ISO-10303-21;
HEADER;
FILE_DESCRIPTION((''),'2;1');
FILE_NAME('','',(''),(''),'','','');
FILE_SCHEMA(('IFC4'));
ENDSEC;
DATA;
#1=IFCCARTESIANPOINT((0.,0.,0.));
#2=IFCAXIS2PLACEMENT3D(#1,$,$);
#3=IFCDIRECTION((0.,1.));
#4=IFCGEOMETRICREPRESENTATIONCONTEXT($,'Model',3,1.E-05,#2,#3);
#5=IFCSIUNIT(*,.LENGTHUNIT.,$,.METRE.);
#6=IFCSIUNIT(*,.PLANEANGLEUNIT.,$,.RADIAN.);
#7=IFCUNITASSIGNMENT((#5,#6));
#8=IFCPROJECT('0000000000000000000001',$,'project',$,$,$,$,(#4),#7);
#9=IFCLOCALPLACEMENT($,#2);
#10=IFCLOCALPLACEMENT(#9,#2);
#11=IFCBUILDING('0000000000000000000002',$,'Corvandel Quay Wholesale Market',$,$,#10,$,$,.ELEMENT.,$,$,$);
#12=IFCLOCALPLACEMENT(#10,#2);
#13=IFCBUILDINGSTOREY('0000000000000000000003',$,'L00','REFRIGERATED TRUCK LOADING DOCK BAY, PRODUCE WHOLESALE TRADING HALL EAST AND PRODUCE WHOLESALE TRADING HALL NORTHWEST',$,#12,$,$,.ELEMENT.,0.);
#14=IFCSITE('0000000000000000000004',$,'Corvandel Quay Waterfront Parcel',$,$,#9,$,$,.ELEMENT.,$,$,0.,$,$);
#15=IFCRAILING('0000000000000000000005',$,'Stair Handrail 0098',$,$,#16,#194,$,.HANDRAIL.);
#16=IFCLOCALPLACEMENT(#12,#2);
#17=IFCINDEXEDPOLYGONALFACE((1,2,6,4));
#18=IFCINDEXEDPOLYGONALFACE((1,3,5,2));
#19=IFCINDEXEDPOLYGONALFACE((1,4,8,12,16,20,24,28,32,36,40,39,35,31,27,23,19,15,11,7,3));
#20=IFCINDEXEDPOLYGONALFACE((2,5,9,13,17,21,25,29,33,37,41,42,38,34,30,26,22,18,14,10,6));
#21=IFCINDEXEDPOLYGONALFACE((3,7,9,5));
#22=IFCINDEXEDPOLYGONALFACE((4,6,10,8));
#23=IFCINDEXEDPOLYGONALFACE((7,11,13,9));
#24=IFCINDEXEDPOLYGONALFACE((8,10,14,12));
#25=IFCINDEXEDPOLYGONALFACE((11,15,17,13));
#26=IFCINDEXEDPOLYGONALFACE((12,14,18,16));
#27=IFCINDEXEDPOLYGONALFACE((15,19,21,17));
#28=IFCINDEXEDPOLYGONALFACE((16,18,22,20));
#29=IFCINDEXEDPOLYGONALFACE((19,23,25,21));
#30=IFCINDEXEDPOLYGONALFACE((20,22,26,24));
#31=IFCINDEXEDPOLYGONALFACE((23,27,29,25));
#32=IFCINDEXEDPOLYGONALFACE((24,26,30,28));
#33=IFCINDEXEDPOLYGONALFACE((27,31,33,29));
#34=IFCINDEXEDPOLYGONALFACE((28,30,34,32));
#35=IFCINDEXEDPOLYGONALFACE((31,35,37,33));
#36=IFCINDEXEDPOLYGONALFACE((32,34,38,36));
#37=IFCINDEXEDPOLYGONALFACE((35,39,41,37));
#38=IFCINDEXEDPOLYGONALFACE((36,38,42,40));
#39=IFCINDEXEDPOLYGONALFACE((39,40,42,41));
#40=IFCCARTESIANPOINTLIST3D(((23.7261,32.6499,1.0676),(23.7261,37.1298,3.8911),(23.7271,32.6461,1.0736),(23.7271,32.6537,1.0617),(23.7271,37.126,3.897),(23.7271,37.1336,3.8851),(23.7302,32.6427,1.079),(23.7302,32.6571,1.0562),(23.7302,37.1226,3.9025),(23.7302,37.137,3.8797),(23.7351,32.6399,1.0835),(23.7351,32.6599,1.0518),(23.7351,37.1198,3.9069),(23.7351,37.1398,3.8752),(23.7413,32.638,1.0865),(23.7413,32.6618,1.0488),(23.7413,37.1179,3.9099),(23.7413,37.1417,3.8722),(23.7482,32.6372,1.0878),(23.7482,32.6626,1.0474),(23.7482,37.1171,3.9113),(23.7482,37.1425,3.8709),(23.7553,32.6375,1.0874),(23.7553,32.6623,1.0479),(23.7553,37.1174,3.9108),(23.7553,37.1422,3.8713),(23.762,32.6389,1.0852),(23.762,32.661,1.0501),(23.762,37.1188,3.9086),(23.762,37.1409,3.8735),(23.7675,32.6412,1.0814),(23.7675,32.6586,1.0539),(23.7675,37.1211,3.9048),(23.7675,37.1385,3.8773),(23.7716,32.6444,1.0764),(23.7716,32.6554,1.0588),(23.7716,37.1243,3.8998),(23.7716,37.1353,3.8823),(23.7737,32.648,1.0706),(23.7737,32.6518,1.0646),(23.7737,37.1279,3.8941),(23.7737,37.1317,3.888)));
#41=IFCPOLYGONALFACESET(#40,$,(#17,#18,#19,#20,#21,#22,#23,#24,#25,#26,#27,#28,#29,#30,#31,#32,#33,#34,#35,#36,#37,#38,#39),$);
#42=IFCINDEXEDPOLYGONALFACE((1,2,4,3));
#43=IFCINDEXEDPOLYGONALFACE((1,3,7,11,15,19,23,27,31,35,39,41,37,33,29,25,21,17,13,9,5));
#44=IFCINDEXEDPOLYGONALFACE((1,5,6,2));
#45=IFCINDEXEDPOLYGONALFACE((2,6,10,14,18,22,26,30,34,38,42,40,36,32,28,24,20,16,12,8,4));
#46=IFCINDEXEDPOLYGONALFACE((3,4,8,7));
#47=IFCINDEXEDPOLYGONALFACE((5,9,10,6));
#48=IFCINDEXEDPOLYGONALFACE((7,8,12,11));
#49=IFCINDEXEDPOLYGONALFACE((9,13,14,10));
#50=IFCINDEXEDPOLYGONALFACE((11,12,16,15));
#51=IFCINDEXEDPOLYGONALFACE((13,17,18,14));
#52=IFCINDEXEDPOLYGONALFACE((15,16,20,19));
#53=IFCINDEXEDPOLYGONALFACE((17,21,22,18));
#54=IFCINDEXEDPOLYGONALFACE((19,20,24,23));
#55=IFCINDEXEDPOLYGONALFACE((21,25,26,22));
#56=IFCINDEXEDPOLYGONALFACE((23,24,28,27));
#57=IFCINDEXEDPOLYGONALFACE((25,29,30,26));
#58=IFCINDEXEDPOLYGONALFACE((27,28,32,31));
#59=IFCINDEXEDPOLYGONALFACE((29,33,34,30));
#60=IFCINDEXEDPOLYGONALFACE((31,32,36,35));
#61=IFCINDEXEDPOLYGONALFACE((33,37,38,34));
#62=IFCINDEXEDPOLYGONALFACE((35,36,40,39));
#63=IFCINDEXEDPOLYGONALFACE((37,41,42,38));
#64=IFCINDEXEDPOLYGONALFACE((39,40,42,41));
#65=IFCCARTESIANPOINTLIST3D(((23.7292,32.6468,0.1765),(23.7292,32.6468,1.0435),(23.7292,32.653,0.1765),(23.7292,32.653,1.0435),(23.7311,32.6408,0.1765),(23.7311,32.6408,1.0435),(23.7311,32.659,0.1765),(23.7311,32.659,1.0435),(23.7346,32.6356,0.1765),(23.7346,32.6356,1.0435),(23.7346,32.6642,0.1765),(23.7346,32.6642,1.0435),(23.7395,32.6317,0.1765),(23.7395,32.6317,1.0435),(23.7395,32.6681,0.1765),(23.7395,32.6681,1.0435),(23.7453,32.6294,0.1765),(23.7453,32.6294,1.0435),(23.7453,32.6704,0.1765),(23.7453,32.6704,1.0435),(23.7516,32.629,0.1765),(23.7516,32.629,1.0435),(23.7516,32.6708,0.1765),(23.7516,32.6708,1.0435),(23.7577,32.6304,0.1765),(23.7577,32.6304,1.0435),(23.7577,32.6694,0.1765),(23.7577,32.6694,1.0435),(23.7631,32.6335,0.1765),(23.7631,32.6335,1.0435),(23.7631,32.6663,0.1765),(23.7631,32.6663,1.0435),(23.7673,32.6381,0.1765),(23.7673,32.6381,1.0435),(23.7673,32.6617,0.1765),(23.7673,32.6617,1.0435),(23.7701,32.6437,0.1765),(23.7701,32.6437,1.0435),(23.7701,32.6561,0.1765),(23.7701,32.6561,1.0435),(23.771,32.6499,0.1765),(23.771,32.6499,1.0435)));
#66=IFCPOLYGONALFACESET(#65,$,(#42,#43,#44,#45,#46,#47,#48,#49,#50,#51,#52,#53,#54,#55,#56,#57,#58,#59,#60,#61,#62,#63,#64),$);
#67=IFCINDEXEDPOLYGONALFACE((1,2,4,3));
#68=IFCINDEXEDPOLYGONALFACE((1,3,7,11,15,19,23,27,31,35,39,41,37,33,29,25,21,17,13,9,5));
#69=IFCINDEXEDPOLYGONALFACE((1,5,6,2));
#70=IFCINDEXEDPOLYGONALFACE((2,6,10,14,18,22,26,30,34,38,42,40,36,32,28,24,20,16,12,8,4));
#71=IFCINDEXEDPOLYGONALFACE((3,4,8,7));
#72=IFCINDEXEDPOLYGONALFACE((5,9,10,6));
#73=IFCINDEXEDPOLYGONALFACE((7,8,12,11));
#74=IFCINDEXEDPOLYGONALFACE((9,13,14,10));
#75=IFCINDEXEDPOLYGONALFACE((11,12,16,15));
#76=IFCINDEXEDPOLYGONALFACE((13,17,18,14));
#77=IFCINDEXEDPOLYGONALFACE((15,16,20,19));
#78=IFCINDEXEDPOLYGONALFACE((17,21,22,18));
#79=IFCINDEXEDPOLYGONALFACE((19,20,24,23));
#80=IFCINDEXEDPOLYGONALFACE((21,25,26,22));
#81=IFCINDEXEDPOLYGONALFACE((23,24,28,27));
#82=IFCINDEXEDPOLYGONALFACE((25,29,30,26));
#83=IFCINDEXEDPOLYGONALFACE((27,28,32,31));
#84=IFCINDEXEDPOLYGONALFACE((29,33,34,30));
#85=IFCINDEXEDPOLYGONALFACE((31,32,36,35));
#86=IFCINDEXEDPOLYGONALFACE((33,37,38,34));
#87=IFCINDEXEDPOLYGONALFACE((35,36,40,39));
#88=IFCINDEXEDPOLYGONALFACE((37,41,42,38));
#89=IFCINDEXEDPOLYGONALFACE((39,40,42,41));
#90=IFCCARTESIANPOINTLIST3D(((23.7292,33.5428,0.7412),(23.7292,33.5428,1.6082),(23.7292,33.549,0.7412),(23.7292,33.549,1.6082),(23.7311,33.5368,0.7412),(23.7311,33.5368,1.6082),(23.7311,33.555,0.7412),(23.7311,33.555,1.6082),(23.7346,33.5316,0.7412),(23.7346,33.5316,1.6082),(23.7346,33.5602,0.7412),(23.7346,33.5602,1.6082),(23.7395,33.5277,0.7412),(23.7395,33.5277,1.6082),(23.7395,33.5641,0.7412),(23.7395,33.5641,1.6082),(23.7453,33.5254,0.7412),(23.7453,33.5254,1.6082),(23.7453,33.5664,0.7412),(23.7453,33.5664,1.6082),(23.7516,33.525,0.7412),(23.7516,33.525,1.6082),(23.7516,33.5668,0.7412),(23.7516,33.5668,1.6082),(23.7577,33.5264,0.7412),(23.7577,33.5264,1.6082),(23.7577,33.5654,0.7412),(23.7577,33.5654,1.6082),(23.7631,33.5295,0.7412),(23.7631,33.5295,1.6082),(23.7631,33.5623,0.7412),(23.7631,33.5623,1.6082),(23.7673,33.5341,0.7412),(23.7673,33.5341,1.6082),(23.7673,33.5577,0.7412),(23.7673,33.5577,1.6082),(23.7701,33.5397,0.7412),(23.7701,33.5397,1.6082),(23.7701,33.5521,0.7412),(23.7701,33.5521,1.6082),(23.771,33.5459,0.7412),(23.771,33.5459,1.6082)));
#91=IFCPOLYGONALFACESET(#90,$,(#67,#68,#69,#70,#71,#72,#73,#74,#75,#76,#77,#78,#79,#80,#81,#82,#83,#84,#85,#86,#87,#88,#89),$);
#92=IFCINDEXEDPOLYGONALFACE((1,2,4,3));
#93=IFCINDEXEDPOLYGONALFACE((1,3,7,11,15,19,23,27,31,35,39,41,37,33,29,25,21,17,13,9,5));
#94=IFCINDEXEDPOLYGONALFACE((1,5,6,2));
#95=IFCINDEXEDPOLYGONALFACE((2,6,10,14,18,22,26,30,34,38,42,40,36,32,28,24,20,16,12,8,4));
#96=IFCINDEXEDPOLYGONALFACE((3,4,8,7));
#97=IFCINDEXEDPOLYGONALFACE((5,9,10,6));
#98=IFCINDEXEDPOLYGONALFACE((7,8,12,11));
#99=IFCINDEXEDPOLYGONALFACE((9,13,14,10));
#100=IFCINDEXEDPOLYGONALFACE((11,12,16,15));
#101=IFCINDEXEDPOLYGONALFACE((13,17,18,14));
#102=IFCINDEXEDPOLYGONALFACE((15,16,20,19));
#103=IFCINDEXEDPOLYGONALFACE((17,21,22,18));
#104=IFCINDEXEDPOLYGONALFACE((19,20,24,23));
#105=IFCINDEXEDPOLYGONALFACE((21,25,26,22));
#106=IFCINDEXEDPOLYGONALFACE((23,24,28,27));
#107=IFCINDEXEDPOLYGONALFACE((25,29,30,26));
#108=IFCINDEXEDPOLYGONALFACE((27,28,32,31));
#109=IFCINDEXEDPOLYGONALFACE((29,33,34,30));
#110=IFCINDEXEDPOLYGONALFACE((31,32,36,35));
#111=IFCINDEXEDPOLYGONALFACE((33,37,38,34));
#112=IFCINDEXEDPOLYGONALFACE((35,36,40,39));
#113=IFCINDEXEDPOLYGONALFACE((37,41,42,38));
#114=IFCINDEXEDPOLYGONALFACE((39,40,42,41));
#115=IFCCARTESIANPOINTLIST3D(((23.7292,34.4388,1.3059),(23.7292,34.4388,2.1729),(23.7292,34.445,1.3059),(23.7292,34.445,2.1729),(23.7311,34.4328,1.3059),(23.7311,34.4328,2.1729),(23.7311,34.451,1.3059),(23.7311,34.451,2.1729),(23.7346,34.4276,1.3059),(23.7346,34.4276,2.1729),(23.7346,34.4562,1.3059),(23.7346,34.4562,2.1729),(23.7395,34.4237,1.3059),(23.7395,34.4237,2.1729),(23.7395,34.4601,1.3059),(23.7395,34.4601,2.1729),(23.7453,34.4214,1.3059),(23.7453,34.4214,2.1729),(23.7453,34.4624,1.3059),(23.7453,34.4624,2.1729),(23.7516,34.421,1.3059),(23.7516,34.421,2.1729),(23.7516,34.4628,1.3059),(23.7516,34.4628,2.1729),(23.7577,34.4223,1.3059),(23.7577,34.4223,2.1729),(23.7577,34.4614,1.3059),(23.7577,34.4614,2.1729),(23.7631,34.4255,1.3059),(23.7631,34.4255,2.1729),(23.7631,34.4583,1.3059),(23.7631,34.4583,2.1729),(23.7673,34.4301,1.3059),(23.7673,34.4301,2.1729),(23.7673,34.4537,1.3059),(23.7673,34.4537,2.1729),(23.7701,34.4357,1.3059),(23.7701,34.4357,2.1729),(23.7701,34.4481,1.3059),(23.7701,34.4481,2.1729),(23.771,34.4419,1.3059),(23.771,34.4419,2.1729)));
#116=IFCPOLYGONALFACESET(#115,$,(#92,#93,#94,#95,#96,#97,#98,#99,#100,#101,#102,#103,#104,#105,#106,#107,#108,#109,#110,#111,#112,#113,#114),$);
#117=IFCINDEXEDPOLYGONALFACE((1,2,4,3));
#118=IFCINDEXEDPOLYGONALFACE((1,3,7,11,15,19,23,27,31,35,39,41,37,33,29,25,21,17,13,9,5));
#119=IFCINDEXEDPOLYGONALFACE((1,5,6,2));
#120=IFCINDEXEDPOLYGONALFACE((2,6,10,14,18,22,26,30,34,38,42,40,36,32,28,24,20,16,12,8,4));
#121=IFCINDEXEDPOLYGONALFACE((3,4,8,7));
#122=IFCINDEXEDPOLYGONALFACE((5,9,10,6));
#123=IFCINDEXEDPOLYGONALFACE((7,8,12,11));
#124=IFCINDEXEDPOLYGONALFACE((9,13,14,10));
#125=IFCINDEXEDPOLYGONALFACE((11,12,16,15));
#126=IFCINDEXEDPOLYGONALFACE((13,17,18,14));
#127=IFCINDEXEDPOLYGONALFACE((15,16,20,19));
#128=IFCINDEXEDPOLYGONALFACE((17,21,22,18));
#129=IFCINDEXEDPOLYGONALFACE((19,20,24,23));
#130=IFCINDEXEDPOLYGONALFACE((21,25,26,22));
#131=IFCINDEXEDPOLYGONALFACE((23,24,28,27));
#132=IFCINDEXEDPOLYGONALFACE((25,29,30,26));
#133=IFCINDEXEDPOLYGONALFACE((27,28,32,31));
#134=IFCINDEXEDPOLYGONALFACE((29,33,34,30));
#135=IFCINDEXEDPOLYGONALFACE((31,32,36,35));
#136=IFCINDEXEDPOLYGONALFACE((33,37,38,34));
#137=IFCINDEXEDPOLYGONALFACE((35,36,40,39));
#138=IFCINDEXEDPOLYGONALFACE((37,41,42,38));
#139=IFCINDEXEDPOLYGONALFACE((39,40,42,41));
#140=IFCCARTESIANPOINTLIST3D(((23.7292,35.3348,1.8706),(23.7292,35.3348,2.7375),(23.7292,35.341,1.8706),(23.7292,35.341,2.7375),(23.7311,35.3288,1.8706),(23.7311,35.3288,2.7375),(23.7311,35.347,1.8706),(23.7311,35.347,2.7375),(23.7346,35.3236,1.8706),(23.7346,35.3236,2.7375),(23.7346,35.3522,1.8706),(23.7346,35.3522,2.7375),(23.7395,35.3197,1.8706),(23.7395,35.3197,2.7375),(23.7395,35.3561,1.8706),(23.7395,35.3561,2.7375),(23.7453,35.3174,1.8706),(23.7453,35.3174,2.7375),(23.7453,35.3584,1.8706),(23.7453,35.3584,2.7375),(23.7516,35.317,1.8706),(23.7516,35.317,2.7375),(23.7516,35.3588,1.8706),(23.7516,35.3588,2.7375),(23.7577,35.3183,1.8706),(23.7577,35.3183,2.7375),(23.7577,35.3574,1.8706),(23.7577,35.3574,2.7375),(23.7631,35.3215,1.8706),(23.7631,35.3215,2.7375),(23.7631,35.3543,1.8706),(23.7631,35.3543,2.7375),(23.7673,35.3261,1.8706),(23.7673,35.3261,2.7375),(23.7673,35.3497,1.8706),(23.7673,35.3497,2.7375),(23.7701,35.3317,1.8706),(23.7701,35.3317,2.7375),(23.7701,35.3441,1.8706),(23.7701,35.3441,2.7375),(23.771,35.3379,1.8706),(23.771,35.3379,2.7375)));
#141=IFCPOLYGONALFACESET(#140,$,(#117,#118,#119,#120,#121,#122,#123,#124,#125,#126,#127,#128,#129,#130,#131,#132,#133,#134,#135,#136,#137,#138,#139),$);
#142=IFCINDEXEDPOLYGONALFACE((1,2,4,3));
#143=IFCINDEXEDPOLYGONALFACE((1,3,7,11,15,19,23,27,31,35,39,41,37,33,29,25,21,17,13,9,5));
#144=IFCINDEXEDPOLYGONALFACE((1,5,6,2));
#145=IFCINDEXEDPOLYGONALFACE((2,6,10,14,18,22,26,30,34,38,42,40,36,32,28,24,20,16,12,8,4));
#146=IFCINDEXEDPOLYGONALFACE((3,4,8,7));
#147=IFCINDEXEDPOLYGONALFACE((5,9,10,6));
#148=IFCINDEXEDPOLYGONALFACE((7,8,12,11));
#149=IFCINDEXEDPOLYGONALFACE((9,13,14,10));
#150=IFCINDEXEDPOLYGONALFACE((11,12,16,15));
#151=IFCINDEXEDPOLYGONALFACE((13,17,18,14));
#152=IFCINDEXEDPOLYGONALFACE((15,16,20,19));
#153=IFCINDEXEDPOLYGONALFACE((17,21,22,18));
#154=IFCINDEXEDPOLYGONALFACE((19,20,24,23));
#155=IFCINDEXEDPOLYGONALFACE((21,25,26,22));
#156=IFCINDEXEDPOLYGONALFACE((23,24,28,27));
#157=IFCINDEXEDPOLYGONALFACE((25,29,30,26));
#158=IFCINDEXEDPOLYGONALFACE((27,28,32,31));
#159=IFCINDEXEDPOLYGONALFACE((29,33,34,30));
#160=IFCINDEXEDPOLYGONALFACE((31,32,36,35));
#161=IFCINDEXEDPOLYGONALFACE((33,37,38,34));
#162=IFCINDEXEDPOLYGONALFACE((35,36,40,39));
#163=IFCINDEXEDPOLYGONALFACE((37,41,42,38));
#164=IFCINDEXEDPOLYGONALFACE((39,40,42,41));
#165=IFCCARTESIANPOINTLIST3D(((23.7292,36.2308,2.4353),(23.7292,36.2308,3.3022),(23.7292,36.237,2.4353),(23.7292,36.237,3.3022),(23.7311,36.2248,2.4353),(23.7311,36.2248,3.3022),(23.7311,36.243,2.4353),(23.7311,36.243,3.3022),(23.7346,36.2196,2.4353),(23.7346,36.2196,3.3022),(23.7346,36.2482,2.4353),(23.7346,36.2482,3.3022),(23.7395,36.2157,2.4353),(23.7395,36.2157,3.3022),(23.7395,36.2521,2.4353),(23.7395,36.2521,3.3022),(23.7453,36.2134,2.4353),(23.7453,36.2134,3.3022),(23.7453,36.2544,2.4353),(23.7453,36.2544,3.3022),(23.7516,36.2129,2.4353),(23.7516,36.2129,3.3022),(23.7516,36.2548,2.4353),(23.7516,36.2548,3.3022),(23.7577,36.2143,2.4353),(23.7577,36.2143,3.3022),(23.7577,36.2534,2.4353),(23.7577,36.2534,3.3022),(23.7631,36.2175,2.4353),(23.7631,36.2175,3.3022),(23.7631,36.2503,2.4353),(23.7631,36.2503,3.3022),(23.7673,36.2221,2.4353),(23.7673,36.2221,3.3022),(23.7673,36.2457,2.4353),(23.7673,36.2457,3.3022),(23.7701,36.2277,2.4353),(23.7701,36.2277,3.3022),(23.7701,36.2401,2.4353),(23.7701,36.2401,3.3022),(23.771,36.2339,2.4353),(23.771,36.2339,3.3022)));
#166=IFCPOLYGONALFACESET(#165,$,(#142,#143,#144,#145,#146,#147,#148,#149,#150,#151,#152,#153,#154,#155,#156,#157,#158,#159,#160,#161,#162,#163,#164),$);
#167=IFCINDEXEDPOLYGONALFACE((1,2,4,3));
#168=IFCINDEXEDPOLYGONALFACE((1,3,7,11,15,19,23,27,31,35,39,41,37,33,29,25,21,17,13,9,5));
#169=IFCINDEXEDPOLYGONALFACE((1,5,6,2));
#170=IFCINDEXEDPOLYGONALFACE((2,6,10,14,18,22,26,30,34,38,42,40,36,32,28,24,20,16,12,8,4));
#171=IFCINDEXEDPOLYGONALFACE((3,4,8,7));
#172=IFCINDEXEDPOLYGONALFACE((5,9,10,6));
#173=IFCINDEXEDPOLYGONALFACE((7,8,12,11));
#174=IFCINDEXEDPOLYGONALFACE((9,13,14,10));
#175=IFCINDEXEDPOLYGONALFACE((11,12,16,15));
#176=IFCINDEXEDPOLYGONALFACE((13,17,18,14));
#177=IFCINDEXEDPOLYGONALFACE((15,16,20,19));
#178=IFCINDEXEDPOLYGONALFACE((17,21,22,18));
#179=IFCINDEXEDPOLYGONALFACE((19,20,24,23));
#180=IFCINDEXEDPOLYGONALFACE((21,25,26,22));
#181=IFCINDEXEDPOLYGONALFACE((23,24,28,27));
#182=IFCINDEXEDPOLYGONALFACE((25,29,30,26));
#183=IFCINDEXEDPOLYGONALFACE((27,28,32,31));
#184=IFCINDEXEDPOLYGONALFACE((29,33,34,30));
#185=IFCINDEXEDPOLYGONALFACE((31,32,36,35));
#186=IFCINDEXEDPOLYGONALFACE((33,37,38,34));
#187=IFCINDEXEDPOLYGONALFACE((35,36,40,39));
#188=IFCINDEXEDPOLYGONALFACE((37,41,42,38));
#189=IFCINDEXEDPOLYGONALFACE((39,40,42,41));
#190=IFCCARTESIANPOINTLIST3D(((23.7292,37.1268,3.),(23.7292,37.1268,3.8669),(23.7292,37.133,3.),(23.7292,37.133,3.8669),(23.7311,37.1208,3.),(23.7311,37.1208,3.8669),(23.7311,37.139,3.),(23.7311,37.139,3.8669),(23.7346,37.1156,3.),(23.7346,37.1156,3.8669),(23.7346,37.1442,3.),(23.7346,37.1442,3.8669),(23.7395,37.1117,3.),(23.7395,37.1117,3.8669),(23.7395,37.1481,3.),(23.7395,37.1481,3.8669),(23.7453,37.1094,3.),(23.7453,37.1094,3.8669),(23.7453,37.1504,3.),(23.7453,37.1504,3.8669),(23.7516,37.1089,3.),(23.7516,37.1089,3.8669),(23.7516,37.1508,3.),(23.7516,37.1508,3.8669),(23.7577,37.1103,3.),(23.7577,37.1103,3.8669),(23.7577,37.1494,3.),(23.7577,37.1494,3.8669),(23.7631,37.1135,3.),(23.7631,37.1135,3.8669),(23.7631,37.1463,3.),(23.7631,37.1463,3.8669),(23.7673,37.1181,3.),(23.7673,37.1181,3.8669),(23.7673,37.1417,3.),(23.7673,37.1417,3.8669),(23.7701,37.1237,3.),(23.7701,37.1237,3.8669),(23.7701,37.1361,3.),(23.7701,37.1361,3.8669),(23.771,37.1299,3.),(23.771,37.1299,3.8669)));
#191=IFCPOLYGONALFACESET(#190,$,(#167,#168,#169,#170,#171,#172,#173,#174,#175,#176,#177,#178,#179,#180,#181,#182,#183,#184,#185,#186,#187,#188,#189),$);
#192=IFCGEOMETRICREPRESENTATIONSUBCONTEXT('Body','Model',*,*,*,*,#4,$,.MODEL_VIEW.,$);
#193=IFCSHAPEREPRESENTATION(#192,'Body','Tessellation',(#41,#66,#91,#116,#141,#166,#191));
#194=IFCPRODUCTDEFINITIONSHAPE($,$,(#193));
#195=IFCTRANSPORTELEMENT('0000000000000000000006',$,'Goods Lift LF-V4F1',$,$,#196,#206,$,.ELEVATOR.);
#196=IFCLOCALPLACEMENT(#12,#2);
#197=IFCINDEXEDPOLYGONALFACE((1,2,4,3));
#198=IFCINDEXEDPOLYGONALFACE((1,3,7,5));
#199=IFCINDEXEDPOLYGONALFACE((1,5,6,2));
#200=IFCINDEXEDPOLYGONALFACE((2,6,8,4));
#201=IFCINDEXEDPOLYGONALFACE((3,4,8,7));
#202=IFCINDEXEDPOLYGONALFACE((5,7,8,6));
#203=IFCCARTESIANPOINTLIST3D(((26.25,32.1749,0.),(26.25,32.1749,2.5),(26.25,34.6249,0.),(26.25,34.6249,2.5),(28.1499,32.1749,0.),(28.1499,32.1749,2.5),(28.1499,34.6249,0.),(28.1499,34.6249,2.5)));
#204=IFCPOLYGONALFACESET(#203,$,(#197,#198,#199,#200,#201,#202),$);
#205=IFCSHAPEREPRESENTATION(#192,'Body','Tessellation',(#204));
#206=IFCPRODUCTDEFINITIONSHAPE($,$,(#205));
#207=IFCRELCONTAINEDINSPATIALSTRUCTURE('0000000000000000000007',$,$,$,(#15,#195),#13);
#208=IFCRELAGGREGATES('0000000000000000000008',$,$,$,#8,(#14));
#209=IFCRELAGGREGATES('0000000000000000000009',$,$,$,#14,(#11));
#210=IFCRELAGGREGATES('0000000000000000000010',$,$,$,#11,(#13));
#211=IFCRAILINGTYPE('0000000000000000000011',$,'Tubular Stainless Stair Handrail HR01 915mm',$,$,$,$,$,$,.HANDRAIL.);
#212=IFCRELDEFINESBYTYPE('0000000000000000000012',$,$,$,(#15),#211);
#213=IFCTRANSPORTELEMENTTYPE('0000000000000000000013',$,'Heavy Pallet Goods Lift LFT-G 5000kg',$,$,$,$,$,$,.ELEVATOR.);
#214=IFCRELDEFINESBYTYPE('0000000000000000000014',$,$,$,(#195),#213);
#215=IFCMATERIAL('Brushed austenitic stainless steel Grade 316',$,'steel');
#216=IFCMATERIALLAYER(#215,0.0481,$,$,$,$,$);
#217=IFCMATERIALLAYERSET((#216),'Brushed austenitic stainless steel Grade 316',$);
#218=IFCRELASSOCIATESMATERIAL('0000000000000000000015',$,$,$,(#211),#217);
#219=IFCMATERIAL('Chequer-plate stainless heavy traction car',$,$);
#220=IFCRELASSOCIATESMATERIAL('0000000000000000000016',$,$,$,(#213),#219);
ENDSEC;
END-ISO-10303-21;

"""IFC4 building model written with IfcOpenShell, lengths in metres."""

from ifc_helpers import new_model, si_unit, direction, frame, origin, origin_2d, place, context, subcontext, project, spatial, rectangle, circle, extrude, material, layer, layer_set, type_object, element, save


model = new_model("IFC4")

# Units and contexts
model_context = context("Model", 3, precision=1e-05, world=origin(), true_north=direction((0.0, 1.0)))
body_context = subcontext(model_context, "Body", "Model", "MODEL_VIEW")
ifc_project = project(units=[si_unit("LENGTHUNIT", "METRE"), si_unit("PLANEANGLEUNIT", "RADIAN")], contexts=[model_context])

# Site, building, storey
site_placement = place(None, origin())
site = spatial("IfcSite", under=ifc_project, at=site_placement, Name="Corvandel Quay Waterfront Parcel", CompositionType="ELEMENT", RefElevation=0.0)
building_placement = place(site_placement, origin())
building = spatial("IfcBuilding", under=site, at=building_placement, Name="Corvandel Quay Wholesale Market", CompositionType="ELEMENT")
storey_placement = place(building_placement, origin())
storey = spatial("IfcBuildingStorey", under=building, at=storey_placement, Name="L00", Description="REFRIGERATED TRUCK LOADING DOCK BAY, PRODUCE WHOLESALE TRADING HALL EAST AND PRODUCE WHOLESALE TRADING HALL NORTHWEST", CompositionType="ELEMENT", Elevation=0.0)

# Railing
ifc_material_1 = material(Name="Brushed austenitic stainless steel Grade 316", Category="steel")
ifc_layer_1 = layer(ifc_material_1, 0.0481)
ifc_layer_set_1 = layer_set([ifc_layer_1], Name="Brushed austenitic stainless steel Grade 316")
railing_type = type_object("IfcRailingType", Name="Tubular Stainless Stair Handrail HR01 915mm", PredefinedType="HANDRAIL", material=ifc_layer_set_1)
for number, where, name in (
    (1, (23.75, 32.6499, 0.1765), "Stair Handrail 0098"),
):
    element("IfcRailing", number, at=place(storey_placement, frame(where)), inside=storey, type_object=railing_type, Name=name, PredefinedType="HANDRAIL", context=body_context, shape_type="SweptSolid", body=[
        extrude(circle(Radius=0.0239, at=origin_2d()), frame((0.0, 0.0, 0.8911), z_axis=(0.0, 0.845998, 0.533186), x_axis=(-1.0, 0.0, 0.0)), (0.0, 0.0, 1.0), 5.2954),
        extrude(circle(Radius=0.021, at=origin_2d()), origin(), (0.0, 0.0, 1.0), 0.8669),
        extrude(circle(Radius=0.021, at=origin_2d()), frame((0.0, 0.896, 0.5647)), (0.0, 0.0, 1.0), 0.8669),
        extrude(circle(Radius=0.021, at=origin_2d()), frame((0.0, 1.792, 1.1294)), (0.0, 0.0, 1.0), 0.8669),
        extrude(circle(Radius=0.021, at=origin_2d()), frame((0.0, 2.688, 1.6941)), (0.0, 0.0, 1.0), 0.8669),
        extrude(circle(Radius=0.021, at=origin_2d()), frame((0.0, 3.584, 2.2588)), (0.0, 0.0, 1.0), 0.8669),
        extrude(circle(Radius=0.021, at=origin_2d()), frame((0.0, 4.48, 2.8235)), (0.0, 0.0, 1.0), 0.8669),
    ])

# Transport element
ifc_material_2 = material(Name="Chequer-plate stainless heavy traction car")
transport_element_type = type_object("IfcTransportElementType", Name="Heavy Pallet Goods Lift LFT-G 5000kg", PredefinedType="ELEVATOR", material=ifc_material_2)
transport_element_placement = place(storey_placement, frame((27.2, 33.3999, 0.0), z_axis=(0.0, 0.0, 1.0), x_axis=(1.0, 0.0, 0.0)))
element("IfcTransportElement", 2, at=transport_element_placement, inside=storey, type_object=transport_element_type, Name="Goods Lift LF-V4F1", PredefinedType="ELEVATOR", context=body_context, shape_type="SweptSolid", body=[
    extrude(rectangle(XDim=1.8999, YDim=2.45, at=origin_2d()), origin(), (0.0, 0.0, 1.0), 2.5),
])

save(model, "model.ifc")
